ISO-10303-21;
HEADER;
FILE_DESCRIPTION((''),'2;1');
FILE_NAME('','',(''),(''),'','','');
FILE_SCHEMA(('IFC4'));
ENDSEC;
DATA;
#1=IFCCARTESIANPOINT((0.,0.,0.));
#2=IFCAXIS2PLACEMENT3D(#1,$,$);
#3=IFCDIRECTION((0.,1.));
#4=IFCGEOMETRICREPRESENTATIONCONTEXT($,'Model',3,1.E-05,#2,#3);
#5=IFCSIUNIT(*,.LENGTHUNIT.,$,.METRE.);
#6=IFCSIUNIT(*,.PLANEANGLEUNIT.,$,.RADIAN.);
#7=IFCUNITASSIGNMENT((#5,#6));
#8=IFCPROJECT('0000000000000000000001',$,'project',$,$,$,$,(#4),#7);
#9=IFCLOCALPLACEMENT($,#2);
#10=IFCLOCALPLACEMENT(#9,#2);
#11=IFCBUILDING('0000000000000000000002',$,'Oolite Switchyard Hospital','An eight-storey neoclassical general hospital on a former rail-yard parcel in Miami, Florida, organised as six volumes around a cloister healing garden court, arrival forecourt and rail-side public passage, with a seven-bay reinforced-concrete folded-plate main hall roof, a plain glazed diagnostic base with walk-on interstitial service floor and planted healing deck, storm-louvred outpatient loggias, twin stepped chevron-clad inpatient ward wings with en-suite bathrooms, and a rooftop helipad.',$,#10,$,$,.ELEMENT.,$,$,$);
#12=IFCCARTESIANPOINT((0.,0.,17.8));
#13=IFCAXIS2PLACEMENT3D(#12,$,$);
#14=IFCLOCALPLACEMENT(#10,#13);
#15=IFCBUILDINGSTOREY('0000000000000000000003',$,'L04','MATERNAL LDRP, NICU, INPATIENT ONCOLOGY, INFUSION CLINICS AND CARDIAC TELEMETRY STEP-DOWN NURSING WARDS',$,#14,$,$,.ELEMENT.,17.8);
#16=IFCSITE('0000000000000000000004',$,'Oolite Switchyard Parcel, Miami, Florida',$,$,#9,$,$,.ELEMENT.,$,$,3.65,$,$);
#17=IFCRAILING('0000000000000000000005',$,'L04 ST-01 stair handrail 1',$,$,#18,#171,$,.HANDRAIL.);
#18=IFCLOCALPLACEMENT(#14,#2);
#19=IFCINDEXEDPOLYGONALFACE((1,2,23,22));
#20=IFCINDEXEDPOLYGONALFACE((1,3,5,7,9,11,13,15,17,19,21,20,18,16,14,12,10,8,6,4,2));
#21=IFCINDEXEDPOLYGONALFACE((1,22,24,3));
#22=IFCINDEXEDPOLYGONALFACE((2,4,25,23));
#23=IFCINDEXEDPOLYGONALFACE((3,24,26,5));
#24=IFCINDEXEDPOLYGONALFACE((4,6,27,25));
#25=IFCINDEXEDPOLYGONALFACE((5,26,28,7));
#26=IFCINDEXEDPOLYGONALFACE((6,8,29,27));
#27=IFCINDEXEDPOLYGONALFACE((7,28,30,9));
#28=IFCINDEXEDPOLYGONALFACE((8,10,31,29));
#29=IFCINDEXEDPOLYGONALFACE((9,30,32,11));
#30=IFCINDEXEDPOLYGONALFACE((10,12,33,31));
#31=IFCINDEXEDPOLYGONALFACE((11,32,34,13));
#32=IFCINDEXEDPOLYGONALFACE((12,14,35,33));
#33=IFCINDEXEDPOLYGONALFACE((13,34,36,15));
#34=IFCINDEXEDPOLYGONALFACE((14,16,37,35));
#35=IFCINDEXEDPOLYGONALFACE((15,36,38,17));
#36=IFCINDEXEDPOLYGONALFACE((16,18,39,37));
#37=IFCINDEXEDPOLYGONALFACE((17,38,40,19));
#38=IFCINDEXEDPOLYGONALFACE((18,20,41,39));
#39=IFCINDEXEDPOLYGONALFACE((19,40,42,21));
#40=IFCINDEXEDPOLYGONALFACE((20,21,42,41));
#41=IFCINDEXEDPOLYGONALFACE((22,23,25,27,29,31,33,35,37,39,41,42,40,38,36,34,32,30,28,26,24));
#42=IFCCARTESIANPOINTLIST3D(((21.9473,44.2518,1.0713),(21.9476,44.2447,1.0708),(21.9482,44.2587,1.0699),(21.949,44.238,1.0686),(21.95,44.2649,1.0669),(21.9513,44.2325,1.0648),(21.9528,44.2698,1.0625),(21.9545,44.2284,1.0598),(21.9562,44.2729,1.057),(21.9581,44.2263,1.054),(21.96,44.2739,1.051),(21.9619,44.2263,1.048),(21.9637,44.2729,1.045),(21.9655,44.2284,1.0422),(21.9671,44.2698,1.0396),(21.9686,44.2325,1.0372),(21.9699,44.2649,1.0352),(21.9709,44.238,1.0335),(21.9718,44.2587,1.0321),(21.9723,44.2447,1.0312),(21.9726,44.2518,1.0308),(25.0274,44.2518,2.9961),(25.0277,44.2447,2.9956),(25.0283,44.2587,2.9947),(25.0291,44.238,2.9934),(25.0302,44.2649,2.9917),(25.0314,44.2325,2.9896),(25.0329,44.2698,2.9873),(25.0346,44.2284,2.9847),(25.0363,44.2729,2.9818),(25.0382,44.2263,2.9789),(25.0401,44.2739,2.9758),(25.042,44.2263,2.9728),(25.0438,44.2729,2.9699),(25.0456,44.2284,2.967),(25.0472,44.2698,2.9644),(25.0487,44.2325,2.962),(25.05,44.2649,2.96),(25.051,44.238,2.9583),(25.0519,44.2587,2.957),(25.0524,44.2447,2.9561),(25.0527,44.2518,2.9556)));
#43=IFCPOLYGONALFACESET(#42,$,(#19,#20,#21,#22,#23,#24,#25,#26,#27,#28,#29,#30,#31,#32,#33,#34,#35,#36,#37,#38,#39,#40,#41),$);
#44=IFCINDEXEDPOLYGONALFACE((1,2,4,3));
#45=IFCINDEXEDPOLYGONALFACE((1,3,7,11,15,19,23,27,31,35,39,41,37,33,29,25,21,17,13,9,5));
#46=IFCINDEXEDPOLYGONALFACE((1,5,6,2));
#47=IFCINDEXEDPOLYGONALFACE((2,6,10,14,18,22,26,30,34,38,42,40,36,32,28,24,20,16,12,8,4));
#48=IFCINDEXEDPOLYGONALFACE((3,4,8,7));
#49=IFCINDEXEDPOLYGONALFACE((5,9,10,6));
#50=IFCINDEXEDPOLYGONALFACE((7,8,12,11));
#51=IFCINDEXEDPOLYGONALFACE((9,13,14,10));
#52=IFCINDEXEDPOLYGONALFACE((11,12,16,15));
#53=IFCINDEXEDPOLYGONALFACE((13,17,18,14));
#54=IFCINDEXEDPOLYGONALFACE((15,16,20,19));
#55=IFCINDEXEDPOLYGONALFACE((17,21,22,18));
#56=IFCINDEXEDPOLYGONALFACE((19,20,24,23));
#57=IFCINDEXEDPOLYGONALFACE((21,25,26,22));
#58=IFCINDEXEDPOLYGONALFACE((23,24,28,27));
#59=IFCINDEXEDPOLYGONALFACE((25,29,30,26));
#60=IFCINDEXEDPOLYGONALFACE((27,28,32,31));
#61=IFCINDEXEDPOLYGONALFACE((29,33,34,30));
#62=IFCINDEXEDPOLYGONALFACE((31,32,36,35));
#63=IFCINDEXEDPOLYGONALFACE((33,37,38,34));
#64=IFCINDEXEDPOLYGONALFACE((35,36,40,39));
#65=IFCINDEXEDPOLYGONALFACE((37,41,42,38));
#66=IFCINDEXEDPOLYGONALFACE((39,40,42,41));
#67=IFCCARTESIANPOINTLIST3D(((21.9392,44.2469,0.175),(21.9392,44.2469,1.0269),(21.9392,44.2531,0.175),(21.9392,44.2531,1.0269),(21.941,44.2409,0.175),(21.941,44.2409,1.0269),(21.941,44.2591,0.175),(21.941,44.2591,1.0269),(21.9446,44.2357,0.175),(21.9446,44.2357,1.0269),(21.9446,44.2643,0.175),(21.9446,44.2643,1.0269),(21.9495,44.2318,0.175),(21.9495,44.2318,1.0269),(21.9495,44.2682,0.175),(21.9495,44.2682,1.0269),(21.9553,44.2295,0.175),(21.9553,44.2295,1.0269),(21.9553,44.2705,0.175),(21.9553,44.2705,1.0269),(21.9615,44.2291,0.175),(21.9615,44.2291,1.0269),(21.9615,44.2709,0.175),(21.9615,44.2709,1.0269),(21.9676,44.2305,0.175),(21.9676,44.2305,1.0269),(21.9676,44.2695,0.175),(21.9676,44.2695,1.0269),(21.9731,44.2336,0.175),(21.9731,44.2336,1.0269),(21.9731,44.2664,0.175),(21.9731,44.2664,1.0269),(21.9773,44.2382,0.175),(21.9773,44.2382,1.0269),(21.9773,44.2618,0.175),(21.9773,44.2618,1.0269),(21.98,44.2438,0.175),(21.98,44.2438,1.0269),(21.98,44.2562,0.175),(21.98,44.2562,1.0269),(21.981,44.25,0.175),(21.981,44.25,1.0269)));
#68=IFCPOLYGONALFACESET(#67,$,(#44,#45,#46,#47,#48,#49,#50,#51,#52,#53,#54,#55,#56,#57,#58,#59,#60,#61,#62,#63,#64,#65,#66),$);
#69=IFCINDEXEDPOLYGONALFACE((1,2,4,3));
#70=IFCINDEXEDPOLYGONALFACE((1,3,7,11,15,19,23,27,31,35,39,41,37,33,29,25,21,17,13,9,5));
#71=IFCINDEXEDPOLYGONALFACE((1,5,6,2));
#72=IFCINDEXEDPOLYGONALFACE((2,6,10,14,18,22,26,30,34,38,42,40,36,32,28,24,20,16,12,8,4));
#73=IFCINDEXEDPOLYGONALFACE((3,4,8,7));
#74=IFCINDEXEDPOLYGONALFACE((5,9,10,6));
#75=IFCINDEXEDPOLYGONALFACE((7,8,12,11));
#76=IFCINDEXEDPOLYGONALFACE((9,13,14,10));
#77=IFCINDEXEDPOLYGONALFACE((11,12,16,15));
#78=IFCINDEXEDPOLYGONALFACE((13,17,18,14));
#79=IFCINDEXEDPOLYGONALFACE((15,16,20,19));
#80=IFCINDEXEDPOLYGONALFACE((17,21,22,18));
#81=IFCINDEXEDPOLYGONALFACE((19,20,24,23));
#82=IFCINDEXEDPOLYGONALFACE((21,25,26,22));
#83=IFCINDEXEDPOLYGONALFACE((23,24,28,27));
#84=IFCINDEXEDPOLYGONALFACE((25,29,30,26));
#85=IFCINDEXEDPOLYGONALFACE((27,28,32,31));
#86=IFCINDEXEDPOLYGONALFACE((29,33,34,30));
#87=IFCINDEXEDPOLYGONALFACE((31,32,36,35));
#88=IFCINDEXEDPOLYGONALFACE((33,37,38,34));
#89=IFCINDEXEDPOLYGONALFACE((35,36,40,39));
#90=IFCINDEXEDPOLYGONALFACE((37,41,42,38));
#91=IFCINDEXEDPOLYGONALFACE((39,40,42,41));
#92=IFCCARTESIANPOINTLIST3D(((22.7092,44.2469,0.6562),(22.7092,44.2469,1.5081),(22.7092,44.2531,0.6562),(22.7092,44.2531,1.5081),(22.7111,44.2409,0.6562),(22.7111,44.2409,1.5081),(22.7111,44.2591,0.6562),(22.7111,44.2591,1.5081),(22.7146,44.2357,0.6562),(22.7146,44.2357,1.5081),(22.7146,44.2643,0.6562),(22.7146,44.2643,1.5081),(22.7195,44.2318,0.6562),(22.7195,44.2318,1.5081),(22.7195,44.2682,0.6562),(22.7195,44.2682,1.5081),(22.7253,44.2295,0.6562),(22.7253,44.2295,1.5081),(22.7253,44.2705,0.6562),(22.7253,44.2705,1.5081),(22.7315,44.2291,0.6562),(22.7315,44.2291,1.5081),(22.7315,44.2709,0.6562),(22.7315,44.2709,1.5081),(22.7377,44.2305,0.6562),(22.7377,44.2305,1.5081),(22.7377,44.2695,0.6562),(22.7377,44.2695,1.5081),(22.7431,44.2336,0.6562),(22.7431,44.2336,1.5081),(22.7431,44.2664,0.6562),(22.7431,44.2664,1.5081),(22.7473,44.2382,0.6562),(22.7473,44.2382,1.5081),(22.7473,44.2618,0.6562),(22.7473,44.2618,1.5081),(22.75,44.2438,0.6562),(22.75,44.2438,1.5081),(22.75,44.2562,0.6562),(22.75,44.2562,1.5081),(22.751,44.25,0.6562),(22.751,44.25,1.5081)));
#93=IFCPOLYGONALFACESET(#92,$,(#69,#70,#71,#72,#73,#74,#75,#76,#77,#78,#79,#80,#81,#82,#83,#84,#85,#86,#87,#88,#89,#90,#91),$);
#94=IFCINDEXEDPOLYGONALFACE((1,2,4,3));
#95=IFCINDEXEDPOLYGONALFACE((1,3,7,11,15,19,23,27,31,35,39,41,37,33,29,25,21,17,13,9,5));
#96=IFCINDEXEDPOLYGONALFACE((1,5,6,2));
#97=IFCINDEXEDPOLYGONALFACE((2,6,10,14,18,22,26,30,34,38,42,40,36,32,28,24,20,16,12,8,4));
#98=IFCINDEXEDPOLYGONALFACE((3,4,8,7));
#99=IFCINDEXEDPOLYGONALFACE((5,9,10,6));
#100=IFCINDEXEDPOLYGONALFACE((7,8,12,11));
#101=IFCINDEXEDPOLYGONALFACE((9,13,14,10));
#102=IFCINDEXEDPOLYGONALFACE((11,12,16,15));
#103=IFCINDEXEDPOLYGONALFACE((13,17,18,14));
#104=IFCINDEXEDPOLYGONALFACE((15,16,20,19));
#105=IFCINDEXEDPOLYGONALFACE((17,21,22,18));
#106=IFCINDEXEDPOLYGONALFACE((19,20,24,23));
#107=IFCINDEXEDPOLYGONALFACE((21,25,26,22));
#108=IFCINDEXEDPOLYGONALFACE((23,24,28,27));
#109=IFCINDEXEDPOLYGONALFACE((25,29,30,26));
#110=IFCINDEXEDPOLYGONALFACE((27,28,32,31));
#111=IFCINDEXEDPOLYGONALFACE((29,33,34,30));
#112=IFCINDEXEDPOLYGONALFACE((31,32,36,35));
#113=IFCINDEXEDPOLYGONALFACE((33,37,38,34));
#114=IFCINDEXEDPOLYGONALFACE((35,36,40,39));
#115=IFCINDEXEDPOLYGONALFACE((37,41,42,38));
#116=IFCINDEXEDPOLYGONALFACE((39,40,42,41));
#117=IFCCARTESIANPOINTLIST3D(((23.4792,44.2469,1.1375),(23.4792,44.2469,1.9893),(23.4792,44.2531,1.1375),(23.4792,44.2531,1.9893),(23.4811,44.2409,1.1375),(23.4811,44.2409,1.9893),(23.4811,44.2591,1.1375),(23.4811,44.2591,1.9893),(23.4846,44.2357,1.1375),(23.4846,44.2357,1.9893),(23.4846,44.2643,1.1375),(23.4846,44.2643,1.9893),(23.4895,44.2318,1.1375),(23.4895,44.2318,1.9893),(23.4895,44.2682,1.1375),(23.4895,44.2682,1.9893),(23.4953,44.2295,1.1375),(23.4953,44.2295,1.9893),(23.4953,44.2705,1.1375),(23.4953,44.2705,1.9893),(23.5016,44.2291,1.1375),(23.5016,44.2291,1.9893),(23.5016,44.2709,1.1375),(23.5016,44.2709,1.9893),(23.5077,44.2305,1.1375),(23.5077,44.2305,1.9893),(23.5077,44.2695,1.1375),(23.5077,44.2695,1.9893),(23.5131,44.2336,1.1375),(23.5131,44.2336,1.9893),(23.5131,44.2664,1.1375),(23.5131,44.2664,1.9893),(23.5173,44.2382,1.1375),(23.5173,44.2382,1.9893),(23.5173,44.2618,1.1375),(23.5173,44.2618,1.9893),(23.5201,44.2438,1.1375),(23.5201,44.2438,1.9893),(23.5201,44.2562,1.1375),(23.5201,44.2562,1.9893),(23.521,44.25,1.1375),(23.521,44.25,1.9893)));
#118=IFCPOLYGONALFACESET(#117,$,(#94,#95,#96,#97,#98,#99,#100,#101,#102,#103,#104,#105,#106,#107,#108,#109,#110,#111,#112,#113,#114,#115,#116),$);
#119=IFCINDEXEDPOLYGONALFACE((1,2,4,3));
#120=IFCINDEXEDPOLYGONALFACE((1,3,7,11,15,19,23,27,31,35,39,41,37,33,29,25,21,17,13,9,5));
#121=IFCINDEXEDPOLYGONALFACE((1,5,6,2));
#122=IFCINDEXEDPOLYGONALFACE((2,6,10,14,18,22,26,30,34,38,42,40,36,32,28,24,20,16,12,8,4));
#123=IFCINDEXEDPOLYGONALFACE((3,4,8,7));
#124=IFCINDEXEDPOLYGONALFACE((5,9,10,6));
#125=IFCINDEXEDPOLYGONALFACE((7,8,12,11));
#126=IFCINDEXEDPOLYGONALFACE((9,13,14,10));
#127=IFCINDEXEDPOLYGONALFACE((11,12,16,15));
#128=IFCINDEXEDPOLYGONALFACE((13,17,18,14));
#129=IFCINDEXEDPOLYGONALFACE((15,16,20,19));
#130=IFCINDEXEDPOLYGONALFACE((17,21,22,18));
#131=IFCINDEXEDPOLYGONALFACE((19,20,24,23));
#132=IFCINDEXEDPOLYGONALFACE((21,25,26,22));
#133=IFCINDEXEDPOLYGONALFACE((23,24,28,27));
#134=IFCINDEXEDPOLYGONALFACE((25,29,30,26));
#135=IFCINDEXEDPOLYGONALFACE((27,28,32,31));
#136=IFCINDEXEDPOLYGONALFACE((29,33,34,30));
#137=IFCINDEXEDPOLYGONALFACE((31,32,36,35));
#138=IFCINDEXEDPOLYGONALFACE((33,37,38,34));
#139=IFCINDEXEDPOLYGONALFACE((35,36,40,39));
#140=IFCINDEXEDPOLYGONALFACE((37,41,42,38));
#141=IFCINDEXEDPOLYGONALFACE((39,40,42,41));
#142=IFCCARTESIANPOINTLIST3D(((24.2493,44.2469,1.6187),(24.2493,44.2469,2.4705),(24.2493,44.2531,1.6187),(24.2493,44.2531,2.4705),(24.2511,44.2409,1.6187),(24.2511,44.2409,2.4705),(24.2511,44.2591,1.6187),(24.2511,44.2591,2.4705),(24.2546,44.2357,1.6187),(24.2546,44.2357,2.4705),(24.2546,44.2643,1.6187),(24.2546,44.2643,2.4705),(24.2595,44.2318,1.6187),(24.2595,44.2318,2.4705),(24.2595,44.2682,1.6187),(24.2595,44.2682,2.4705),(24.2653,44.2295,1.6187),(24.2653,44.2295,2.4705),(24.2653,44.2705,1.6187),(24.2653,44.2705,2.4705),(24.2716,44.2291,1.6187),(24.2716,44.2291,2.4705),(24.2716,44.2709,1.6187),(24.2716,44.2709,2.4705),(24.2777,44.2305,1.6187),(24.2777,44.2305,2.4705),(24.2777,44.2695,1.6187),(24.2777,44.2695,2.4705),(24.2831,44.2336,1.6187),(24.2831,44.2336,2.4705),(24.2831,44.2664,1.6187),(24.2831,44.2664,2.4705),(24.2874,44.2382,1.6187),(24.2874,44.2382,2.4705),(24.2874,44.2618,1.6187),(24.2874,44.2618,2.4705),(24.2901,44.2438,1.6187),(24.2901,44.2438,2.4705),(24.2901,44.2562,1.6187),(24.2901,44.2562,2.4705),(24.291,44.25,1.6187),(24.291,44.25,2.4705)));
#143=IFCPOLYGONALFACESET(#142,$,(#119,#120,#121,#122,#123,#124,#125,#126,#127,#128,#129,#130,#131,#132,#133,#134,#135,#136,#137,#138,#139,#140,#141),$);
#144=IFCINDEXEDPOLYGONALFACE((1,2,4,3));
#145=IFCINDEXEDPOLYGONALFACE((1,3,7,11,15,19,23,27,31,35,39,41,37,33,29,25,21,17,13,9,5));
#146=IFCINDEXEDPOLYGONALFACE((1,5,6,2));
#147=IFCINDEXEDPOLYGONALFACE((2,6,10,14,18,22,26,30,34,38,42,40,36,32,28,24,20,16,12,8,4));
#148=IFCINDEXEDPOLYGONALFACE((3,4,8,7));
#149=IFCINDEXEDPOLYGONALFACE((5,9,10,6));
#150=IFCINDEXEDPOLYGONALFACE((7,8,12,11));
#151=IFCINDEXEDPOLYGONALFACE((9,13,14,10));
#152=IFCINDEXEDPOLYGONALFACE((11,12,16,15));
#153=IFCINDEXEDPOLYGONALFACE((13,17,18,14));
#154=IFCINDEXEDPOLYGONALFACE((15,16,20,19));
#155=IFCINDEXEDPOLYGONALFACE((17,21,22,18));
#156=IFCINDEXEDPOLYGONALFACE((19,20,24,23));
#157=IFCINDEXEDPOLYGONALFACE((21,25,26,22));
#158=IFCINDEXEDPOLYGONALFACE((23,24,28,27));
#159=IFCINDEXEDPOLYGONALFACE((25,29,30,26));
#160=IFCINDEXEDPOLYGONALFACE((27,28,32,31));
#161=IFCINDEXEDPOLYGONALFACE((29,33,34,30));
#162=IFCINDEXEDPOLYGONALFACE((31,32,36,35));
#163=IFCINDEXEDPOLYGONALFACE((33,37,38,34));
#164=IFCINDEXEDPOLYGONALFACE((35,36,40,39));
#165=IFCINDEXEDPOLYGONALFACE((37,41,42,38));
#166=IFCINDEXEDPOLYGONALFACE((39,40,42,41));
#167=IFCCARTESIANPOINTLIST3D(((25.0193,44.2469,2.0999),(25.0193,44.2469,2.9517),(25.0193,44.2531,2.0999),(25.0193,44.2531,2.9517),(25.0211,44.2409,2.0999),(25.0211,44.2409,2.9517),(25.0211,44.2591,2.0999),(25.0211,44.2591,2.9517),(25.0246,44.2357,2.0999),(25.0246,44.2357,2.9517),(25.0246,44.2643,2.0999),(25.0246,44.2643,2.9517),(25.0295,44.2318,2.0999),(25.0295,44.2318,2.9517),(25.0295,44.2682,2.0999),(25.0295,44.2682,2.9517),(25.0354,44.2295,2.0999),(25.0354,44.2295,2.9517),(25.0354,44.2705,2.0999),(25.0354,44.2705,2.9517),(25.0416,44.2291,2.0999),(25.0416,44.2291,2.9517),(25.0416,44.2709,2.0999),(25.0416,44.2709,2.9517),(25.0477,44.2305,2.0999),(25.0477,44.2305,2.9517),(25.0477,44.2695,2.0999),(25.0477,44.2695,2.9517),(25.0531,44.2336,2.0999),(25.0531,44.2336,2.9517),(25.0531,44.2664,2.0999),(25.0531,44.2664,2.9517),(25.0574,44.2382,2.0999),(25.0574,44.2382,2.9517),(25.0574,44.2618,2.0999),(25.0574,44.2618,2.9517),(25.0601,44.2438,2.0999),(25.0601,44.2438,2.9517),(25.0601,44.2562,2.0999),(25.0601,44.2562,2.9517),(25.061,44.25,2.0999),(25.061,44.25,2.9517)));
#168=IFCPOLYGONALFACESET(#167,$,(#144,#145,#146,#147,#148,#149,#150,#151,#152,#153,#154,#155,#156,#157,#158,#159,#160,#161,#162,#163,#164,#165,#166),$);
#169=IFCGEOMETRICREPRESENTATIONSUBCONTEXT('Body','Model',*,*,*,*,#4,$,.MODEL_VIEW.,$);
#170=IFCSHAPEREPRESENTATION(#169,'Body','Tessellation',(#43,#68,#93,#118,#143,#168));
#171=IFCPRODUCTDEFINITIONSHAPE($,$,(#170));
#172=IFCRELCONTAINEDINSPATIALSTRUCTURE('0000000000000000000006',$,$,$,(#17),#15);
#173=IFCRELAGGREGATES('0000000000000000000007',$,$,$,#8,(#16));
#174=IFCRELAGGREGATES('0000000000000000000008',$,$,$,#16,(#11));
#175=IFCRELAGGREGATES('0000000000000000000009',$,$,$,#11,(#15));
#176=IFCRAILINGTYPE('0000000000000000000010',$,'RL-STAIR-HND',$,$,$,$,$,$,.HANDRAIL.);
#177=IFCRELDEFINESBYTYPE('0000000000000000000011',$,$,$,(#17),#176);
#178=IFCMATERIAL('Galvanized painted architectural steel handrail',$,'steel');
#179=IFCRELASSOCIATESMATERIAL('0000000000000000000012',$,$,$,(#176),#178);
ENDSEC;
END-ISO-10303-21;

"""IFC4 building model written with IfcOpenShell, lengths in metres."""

from ifc_helpers import new_model, si_unit, direction, frame, origin, origin_2d, place, context, subcontext, project, spatial, circle, extrude, material, type_object, element, save


model = new_model("IFC4")

# Units and contexts
model_context = context("Model", 3, precision=1e-05, world=origin(), true_north=direction((0.0, 1.0)))
body_context = subcontext(model_context, "Body", "Model", "MODEL_VIEW")
ifc_project = project(units=[si_unit("LENGTHUNIT", "METRE"), si_unit("PLANEANGLEUNIT", "RADIAN")], contexts=[model_context])

# Site, building, storey
site_placement = place(None, origin())
site = spatial("IfcSite", under=ifc_project, at=site_placement, Name="Oolite Switchyard Parcel, Miami, Florida", CompositionType="ELEMENT", RefElevation=3.65)
building_placement = place(site_placement, origin())
building = spatial("IfcBuilding", under=site, at=building_placement, Name="Oolite Switchyard Hospital", Description="An eight-storey neoclassical general hospital on a former rail-yard parcel in Miami, Florida, organised as six volumes around a cloister healing garden court, arrival forecourt and rail-side public passage, with a seven-bay reinforced-concrete folded-plate main hall roof, a plain glazed diagnostic base with walk-on interstitial service floor and planted healing deck, storm-louvred outpatient loggias, twin stepped chevron-clad inpatient ward wings with en-suite bathrooms, and a rooftop helipad.", CompositionType="ELEMENT")
storey_placement = place(building_placement, frame((0.0, 0.0, 17.8)))
storey = spatial("IfcBuildingStorey", under=building, at=storey_placement, Name="L04", Description="MATERNAL LDRP, NICU, INPATIENT ONCOLOGY, INFUSION CLINICS AND CARDIAC TELEMETRY STEP-DOWN NURSING WARDS", CompositionType="ELEMENT", Elevation=17.8)

# Railing
ifc_material_1 = material(Name="Galvanized painted architectural steel handrail", Category="steel")
railing_type_1 = type_object("IfcRailingType", Name="RL-STAIR-HND", PredefinedType="HANDRAIL", material=ifc_material_1)
railing_1_placement = place(storey_placement, frame((21.96, 44.25, 0.175)))
element("IfcRailing", 1, at=railing_1_placement, inside=storey, type_object=railing_type_1, Name="L04 ST-01 stair handrail 1", PredefinedType="HANDRAIL", context=body_context, shape_type="SweptSolid", body=[
    extrude(circle(Radius=0.0239, at=origin_2d()), frame((0.0, 0.0, 0.876), z_axis=(0.848029, 0.0, 0.529951), x_axis=(0.0, 1.0, 0.0)), (0.0, 0.0, 1.0), 3.6321),
    extrude(circle(Radius=0.021, at=origin_2d()), origin(), (0.0, 0.0, 1.0), 0.8518),
    extrude(circle(Radius=0.021, at=origin_2d()), frame((0.77, 0.0, 0.4812)), (0.0, 0.0, 1.0), 0.8518),
    extrude(circle(Radius=0.021, at=origin_2d()), frame((1.54, 0.0, 0.9624)), (0.0, 0.0, 1.0), 0.8518),
    extrude(circle(Radius=0.021, at=origin_2d()), frame((2.3101, 0.0, 1.4436)), (0.0, 0.0, 1.0), 0.8518),
    extrude(circle(Radius=0.021, at=origin_2d()), frame((3.0801, 0.0, 1.9248)), (0.0, 0.0, 1.0), 0.8518),
])

save(model, "model.ifc")
